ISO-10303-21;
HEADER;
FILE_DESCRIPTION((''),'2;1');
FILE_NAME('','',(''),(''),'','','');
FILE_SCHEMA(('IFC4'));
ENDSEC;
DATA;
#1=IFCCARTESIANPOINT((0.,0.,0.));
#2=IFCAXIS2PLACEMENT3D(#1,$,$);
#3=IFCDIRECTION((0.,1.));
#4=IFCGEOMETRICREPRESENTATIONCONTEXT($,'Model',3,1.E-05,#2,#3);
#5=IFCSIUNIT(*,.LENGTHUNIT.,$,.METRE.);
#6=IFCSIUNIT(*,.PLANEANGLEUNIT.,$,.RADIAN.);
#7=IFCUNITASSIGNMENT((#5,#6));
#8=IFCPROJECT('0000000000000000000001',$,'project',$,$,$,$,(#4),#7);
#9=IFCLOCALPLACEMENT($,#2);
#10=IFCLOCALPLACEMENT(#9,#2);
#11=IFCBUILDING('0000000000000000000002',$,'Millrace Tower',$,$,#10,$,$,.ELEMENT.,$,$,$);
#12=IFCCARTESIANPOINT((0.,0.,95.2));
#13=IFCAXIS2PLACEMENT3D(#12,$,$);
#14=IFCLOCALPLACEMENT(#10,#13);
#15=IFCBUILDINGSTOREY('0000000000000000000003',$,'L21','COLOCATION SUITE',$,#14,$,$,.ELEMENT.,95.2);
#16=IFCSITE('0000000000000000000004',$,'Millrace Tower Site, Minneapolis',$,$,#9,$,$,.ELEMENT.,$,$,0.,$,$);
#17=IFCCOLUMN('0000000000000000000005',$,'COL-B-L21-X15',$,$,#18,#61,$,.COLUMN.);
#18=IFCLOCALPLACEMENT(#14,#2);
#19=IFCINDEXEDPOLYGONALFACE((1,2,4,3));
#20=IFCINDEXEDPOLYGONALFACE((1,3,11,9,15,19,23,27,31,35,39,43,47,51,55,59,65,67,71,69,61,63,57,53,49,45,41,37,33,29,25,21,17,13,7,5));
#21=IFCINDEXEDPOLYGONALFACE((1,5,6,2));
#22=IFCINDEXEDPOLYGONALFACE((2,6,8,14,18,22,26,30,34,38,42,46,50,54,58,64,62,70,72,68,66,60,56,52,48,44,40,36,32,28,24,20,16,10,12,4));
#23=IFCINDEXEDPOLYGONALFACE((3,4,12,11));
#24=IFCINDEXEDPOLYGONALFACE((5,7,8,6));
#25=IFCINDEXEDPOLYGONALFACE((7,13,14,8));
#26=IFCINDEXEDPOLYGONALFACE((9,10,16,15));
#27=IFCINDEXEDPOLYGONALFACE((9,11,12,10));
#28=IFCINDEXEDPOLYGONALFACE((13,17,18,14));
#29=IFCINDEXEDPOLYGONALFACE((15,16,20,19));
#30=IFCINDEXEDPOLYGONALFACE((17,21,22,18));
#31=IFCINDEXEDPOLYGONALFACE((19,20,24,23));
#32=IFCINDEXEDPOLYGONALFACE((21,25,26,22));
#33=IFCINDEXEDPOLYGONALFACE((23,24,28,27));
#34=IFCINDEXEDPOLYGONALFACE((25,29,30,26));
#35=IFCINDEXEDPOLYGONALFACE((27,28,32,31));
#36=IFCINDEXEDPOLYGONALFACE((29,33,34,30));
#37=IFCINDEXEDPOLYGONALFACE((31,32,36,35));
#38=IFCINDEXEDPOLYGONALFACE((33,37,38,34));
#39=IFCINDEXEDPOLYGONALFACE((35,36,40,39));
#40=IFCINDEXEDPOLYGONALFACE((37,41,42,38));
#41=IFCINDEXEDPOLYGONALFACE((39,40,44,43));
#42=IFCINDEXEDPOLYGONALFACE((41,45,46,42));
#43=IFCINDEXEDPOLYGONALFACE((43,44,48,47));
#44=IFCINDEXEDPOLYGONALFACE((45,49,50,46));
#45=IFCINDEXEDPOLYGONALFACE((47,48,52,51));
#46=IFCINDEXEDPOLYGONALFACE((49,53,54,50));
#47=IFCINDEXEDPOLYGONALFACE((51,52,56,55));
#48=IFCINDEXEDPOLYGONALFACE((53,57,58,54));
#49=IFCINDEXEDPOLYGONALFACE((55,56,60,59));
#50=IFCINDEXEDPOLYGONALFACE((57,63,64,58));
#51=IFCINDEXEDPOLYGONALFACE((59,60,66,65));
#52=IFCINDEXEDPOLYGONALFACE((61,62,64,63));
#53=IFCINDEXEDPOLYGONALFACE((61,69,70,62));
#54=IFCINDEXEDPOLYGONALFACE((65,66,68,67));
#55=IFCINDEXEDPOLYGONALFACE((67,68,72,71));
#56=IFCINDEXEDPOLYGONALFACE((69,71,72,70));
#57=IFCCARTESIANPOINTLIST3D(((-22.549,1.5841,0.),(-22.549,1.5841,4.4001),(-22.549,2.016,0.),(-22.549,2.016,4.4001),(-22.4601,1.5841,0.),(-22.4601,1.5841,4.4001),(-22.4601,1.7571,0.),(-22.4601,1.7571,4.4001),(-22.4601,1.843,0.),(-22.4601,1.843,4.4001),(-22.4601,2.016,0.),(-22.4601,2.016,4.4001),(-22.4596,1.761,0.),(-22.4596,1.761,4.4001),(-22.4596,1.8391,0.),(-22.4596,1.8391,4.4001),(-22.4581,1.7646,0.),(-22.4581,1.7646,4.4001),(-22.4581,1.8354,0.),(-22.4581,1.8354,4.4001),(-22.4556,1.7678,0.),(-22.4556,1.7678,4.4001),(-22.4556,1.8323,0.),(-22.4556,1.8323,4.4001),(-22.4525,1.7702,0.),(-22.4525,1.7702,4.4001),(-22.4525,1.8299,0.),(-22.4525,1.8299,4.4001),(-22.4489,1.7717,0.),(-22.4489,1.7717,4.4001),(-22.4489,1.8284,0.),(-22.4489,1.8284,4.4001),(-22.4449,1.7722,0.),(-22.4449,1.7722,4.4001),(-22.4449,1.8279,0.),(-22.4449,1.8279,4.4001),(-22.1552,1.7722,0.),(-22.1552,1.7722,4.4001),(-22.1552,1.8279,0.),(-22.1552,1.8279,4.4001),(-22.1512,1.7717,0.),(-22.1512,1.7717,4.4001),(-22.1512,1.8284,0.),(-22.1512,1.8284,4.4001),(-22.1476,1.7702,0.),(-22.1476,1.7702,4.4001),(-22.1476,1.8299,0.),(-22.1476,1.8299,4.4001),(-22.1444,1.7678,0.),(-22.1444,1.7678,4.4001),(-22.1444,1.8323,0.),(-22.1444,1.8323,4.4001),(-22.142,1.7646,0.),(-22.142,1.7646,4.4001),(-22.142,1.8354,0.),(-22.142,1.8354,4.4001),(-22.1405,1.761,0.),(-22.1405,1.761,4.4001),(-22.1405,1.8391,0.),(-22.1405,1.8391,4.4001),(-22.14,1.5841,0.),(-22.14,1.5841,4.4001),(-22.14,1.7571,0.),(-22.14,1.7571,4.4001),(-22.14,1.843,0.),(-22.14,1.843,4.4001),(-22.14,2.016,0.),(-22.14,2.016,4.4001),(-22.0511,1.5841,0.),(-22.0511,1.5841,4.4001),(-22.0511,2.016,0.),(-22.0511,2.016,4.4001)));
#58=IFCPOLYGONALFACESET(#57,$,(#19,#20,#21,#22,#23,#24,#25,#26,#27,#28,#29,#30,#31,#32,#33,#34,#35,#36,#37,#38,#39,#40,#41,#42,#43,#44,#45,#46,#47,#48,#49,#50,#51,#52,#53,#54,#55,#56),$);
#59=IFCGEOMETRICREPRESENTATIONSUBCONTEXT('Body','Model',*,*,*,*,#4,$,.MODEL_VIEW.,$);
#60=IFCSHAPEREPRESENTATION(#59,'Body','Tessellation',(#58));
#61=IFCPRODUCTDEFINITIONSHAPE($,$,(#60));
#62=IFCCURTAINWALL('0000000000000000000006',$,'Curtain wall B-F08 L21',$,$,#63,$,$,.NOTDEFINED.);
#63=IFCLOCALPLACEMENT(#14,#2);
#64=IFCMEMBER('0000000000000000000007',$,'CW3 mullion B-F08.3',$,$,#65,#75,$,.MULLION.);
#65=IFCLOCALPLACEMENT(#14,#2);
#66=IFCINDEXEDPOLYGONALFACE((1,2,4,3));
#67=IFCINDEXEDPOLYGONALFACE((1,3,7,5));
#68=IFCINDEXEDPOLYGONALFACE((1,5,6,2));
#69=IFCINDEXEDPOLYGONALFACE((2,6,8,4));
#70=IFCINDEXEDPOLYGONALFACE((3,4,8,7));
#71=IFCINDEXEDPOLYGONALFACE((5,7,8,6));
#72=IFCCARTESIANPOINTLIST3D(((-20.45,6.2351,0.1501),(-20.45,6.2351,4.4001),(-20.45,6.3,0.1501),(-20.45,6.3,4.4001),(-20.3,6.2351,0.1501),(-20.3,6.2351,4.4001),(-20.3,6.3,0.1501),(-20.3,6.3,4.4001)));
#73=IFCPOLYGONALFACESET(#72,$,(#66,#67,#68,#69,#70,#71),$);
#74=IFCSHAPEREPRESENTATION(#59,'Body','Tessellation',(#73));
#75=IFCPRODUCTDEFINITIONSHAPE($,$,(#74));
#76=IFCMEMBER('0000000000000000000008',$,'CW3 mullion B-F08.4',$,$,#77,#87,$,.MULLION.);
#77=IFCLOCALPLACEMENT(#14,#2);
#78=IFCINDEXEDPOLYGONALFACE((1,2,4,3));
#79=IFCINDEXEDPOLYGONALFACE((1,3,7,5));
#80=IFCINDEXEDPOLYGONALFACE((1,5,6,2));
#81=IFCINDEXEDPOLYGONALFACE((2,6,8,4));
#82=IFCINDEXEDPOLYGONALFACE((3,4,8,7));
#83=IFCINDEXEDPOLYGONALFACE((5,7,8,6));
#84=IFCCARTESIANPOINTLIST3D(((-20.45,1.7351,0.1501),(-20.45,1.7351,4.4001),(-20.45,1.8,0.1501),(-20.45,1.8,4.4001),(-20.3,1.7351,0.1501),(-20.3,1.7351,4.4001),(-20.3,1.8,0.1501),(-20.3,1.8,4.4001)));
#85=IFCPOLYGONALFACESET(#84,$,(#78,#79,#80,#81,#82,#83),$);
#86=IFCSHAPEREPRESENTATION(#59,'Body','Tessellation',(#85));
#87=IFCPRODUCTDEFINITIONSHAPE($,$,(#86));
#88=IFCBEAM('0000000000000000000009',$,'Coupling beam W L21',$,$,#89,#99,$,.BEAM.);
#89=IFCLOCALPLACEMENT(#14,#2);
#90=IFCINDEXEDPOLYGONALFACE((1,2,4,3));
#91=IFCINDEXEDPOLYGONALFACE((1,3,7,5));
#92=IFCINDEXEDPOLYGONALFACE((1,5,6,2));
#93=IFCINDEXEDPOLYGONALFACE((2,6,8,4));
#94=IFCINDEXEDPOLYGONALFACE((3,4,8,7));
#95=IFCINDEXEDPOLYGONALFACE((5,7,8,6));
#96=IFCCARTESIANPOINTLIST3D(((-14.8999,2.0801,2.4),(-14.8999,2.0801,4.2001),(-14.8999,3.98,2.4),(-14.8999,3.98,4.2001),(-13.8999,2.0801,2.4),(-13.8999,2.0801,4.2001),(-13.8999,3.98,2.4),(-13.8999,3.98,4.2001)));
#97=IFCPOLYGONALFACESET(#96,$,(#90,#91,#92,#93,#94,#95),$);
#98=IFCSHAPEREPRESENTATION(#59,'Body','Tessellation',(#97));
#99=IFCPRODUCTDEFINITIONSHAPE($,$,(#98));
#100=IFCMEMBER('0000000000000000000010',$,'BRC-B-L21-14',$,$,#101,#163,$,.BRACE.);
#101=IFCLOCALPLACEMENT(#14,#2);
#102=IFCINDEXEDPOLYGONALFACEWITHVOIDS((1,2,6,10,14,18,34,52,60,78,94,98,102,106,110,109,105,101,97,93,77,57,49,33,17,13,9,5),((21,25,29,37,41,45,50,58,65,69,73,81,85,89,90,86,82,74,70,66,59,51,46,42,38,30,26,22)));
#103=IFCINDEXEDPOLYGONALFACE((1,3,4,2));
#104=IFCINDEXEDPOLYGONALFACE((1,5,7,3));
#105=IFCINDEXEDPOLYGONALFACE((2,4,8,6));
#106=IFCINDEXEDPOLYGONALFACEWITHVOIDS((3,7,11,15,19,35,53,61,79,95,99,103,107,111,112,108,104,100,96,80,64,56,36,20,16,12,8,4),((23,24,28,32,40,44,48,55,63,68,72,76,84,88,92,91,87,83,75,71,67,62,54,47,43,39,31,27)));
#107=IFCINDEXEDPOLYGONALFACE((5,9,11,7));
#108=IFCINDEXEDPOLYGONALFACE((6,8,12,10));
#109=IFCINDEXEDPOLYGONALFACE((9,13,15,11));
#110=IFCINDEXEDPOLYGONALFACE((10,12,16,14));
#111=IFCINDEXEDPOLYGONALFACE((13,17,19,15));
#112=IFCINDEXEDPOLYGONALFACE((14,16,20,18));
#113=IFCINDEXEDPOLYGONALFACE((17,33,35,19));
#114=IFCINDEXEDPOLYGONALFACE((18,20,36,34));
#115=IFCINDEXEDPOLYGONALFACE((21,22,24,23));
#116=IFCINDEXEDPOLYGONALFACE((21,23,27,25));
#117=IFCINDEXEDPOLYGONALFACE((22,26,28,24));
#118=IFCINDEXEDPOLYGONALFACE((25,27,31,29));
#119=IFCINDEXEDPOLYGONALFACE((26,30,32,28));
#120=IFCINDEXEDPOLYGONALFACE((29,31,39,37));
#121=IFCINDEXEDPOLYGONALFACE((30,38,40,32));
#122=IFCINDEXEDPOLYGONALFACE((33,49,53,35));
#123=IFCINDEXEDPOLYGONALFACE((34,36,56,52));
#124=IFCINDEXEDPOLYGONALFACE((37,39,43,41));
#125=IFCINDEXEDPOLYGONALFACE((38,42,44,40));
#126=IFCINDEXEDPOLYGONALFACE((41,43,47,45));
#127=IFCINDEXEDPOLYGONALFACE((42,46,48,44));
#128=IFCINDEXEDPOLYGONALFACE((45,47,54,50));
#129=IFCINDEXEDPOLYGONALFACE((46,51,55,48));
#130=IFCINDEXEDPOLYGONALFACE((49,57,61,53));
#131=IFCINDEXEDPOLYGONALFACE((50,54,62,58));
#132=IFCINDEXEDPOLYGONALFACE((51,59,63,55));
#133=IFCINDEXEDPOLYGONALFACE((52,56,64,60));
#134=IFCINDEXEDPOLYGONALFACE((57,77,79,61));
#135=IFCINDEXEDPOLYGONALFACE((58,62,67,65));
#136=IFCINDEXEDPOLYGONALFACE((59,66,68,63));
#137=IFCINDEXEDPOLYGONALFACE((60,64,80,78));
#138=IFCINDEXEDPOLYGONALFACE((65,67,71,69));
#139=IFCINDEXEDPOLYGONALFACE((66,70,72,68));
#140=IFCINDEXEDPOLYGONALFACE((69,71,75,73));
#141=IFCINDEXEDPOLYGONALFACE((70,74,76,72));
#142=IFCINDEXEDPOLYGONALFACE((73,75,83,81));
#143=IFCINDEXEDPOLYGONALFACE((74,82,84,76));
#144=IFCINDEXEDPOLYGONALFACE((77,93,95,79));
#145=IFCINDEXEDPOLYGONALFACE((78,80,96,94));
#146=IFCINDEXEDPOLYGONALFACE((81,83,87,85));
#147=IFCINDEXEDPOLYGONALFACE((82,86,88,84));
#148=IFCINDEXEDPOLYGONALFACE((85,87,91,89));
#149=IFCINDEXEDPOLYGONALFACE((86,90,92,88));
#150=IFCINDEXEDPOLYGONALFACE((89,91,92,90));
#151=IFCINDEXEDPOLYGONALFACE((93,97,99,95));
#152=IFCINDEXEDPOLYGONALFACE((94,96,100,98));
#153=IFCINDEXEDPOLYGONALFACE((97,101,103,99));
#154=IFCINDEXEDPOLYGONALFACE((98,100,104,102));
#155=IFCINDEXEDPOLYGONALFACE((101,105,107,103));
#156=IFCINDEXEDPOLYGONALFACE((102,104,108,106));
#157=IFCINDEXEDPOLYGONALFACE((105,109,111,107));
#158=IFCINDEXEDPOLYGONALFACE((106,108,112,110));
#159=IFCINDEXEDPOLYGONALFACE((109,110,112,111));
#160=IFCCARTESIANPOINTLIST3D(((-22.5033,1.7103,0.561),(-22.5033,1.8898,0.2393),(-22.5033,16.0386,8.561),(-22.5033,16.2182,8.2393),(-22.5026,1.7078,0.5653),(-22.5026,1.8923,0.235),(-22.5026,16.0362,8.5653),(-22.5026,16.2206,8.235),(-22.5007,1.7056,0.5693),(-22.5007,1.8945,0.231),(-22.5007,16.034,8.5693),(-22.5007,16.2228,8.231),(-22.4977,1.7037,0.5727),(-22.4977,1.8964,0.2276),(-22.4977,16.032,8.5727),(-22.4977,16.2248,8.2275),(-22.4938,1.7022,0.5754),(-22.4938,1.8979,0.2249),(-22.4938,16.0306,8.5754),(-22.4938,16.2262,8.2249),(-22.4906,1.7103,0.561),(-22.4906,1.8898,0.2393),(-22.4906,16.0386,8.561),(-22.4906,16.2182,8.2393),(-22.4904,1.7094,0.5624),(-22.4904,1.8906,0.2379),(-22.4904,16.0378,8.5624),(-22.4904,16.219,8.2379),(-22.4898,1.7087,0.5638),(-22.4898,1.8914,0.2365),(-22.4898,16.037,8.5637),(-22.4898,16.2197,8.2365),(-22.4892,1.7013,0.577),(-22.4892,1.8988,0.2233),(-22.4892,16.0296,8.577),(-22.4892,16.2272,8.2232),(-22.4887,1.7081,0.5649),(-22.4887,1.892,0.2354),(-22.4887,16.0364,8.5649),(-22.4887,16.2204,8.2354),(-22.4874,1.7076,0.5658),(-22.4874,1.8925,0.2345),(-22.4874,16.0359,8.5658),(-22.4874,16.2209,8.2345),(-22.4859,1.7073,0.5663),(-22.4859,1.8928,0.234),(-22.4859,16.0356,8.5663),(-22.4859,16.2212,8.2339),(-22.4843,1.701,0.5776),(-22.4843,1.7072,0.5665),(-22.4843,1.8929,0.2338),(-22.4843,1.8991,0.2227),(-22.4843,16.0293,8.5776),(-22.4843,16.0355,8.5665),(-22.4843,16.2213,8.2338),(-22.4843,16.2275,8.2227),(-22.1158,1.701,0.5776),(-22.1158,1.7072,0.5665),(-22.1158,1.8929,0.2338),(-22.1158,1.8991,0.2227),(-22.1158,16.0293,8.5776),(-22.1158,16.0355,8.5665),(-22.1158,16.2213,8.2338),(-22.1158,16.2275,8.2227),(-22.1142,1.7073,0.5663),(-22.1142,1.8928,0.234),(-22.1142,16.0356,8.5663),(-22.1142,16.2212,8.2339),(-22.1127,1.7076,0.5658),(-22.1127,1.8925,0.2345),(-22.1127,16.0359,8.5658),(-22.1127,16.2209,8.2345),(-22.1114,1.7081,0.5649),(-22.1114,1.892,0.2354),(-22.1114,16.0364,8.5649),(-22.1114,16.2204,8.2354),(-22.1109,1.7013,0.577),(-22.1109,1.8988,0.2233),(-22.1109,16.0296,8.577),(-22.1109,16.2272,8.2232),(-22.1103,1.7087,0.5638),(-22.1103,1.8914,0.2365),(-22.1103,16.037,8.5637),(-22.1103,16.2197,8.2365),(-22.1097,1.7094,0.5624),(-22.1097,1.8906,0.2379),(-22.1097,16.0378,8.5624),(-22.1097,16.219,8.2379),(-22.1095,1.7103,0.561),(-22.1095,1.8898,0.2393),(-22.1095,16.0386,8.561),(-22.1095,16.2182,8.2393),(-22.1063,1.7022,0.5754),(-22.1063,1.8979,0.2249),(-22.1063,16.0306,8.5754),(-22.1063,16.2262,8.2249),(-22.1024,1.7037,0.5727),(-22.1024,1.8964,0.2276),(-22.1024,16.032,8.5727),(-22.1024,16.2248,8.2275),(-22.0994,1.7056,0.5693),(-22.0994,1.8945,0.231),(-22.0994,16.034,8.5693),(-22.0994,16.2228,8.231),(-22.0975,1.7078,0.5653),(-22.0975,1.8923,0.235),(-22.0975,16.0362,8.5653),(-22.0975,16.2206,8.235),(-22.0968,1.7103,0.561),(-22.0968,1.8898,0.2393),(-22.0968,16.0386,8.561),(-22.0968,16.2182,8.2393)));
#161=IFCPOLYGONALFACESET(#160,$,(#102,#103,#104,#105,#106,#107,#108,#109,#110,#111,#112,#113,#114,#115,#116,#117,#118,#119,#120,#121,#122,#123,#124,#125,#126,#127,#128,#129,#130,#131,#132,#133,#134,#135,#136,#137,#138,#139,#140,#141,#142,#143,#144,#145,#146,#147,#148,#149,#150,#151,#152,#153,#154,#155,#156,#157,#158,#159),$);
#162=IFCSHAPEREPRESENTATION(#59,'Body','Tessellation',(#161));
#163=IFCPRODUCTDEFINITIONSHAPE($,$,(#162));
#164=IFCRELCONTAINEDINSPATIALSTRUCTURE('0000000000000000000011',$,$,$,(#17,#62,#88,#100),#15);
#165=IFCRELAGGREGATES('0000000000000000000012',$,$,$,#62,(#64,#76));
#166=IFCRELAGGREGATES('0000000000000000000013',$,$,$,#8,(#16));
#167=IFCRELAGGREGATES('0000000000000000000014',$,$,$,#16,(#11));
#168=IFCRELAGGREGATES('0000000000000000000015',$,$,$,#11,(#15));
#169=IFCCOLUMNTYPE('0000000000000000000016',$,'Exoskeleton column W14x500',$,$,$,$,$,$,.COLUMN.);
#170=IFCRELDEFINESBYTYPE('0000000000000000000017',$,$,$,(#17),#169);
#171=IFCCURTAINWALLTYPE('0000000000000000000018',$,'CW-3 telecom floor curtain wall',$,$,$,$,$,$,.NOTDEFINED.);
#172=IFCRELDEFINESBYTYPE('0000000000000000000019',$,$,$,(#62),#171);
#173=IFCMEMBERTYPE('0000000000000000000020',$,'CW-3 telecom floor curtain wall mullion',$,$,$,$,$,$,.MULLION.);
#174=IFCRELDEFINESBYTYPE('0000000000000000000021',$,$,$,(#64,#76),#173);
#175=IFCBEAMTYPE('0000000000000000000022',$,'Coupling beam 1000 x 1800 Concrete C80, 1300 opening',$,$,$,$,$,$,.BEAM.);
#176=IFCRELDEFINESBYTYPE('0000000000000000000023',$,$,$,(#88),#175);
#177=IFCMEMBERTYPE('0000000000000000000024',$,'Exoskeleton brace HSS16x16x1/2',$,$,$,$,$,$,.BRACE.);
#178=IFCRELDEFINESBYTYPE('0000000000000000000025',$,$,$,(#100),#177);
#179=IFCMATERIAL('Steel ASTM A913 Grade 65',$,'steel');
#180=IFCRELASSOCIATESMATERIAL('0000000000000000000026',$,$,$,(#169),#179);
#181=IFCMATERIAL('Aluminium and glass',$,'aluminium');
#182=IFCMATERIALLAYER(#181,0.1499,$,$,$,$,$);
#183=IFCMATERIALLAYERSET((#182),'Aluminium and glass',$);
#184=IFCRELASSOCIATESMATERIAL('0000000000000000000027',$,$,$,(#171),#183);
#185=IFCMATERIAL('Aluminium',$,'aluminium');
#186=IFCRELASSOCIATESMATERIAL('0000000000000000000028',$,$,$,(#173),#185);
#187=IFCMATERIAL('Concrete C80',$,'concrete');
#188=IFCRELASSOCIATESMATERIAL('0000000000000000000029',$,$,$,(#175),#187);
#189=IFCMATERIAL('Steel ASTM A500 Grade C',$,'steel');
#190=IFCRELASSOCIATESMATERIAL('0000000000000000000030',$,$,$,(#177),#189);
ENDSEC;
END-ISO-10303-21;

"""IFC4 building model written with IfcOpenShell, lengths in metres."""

from ifc_helpers import new_model, si_unit, direction, frame, origin, origin_2d, place, context, subcontext, project, spatial, rectangle, hollow_rectangle, i_section, extrude, material, layer, layer_set, material_profile, profile_set, type_object, element, aggregate, save


model = new_model("IFC4")

# Units and contexts
model_context = context("Model", 3, precision=1e-05, world=origin(), true_north=direction((0.0, 1.0)))
body_context = subcontext(model_context, "Body", "Model", "MODEL_VIEW")
ifc_project = project(units=[si_unit("LENGTHUNIT", "METRE"), si_unit("PLANEANGLEUNIT", "RADIAN")], contexts=[model_context])

# Site, building, storey
site_placement = place(None, origin())
site = spatial("IfcSite", under=ifc_project, at=site_placement, Name="Millrace Tower Site, Minneapolis", CompositionType="ELEMENT", RefElevation=0.0)
building_placement = place(site_placement, origin())
building = spatial("IfcBuilding", under=site, at=building_placement, Name="Millrace Tower", CompositionType="ELEMENT")
storey_placement = place(building_placement, frame((0.0, 0.0, 95.2)))
storey = spatial("IfcBuildingStorey", under=building, at=storey_placement, Name="L21", Description="COLOCATION SUITE", CompositionType="ELEMENT", Elevation=95.2)

# Column
ifc_material_1 = material(Name="Steel ASTM A913 Grade 65", Category="steel")
ifc_material_profile_1 = material_profile(ifc_material_1, i_section(OverallWidth=0.4319, OverallDepth=0.4978, WebThickness=0.0557, FlangeThickness=0.0889, FilletRadius=0.0151, at=origin_2d()))
ifc_profile_set_1 = profile_set([ifc_material_profile_1], Name="Steel ASTM A913 Grade 65")
column_type = type_object("IfcColumnType", Name="Exoskeleton column W14x500", PredefinedType="COLUMN", material=ifc_profile_set_1)
column_placement = place(storey_placement, frame((-22.3, 1.8, 0.0), z_axis=(0.0, 0.0, 1.0), x_axis=(0.0, -1.0, 0.0)))
element("IfcColumn", 1, at=column_placement, inside=storey, type_object=column_type, Name="COL-B-L21-X15", PredefinedType="COLUMN", context=body_context, shape_type="SweptSolid", body=[
    extrude(i_section(OverallWidth=0.4319, OverallDepth=0.4978, WebThickness=0.0557, FlangeThickness=0.0889, FilletRadius=0.0151, at=origin_2d()), origin(), (0.0, 0.0, 1.0), 4.4001),
])

# Curtain wall, members
ifc_material_2 = material(Name="Aluminium and glass", Category="aluminium")
ifc_layer_1 = layer(ifc_material_2, 0.1499)
ifc_layer_set_1 = layer_set([ifc_layer_1], Name="Aluminium and glass")
curtain_wall_type = type_object("IfcCurtainWallType", Name="CW-3 telecom floor curtain wall", PredefinedType="NOTDEFINED", material=ifc_layer_set_1)
placement = place(storey_placement, origin())
curtain_wall = element("IfcCurtainWall", 2, at=placement, inside=storey, type_object=curtain_wall_type, Name="Curtain wall B-F08 L21", PredefinedType="NOTDEFINED")
ifc_material_3 = material(Name="Aluminium", Category="aluminium")
ifc_material_profile_2 = material_profile(ifc_material_3, rectangle(XDim=0.0649, YDim=0.1499, at=origin_2d()))
ifc_profile_set_2 = profile_set([ifc_material_profile_2], Name="Aluminium")
member_type_1 = type_object("IfcMemberType", Name="CW-3 telecom floor curtain wall mullion", PredefinedType="MULLION", material=ifc_profile_set_2)
member_1_placement = place(storey_placement, frame((-20.375, 6.2676, 0.1501), z_axis=(0.0, 0.0, 1.0), x_axis=(0.0, -1.0, 0.0)))
member_1 = element("IfcMember", 3, at=member_1_placement, type_object=member_type_1, Name="CW3 mullion B-F08.3", PredefinedType="MULLION", context=body_context, shape_type="SweptSolid", body=[
    extrude(rectangle(XDim=0.0649, YDim=0.1499, at=origin_2d()), origin(), (0.0, 0.0, 1.0), 4.25),
])
member_2_placement = place(storey_placement, frame((-20.375, 1.7676, 0.1501), z_axis=(0.0, 0.0, 1.0), x_axis=(0.0, -1.0, 0.0)))
member_2 = element("IfcMember", 4, at=member_2_placement, type_object=member_type_1, Name="CW3 mullion B-F08.4", PredefinedType="MULLION", context=body_context, shape_type="SweptSolid", body=[
    extrude(rectangle(XDim=0.0649, YDim=0.1499, at=origin_2d()), origin(), (0.0, 0.0, 1.0), 4.25),
])
aggregate(curtain_wall, [member_1, member_2])

# Beam
ifc_material_4 = material(Name="Concrete C80", Category="concrete")
ifc_material_profile_3 = material_profile(ifc_material_4, rectangle(XDim=1.0, YDim=1.8, at=origin_2d()))
ifc_profile_set_3 = profile_set([ifc_material_profile_3], Name="Concrete C80")
beam_type_1 = type_object("IfcBeamType", Name="Coupling beam 1000 x 1800 Concrete C80, 1300 opening", PredefinedType="BEAM", material=ifc_profile_set_3)
beam_1_placement = place(storey_placement, frame((-14.3999, 2.0801, 3.3), z_axis=(0.0, 1.0, 0.0), x_axis=(-1.0, 0.0, 0.0)))
element("IfcBeam", 5, at=beam_1_placement, inside=storey, type_object=beam_type_1, Name="Coupling beam W L21", PredefinedType="BEAM", context=body_context, shape_type="SweptSolid", body=[
    extrude(rectangle(XDim=1.0, YDim=1.8, at=origin_2d()), origin(), (0.0, 0.0, 1.0), 1.8999),
])

# Member
ifc_material_5 = material(Name="Steel ASTM A500 Grade C", Category="steel")
ifc_material_profile_4 = material_profile(ifc_material_5, hollow_rectangle(XDim=0.4065, YDim=0.4065, WallThickness=0.0127, InnerFilletRadius=0.0063, OuterFilletRadius=0.019, at=origin_2d()))
ifc_profile_set_4 = profile_set([ifc_material_profile_4], Name="Steel ASTM A500 Grade C")
member_type_2 = type_object("IfcMemberType", Name="Exoskeleton brace HSS16x16x1/2", PredefinedType="BRACE", material=ifc_profile_set_4)
member_3_placement = place(storey_placement, frame((-22.3, 1.8, 0.4001), z_axis=(0.0, 0.873126, 0.487495), x_axis=(-1.0, 0.0, 0.0)))
element("IfcMember", 6, at=member_3_placement, inside=storey, type_object=member_type_2, Name="BRC-B-L21-14", PredefinedType="BRACE", context=body_context, shape_type="SweptSolid", body=[
    extrude(hollow_rectangle(XDim=0.4065, YDim=0.4065, WallThickness=0.0127, InnerFilletRadius=0.0063, OuterFilletRadius=0.019, at=origin_2d()), origin(), (0.0, 0.0, 1.0), 16.4104),
])

save(model, "model.ifc")
